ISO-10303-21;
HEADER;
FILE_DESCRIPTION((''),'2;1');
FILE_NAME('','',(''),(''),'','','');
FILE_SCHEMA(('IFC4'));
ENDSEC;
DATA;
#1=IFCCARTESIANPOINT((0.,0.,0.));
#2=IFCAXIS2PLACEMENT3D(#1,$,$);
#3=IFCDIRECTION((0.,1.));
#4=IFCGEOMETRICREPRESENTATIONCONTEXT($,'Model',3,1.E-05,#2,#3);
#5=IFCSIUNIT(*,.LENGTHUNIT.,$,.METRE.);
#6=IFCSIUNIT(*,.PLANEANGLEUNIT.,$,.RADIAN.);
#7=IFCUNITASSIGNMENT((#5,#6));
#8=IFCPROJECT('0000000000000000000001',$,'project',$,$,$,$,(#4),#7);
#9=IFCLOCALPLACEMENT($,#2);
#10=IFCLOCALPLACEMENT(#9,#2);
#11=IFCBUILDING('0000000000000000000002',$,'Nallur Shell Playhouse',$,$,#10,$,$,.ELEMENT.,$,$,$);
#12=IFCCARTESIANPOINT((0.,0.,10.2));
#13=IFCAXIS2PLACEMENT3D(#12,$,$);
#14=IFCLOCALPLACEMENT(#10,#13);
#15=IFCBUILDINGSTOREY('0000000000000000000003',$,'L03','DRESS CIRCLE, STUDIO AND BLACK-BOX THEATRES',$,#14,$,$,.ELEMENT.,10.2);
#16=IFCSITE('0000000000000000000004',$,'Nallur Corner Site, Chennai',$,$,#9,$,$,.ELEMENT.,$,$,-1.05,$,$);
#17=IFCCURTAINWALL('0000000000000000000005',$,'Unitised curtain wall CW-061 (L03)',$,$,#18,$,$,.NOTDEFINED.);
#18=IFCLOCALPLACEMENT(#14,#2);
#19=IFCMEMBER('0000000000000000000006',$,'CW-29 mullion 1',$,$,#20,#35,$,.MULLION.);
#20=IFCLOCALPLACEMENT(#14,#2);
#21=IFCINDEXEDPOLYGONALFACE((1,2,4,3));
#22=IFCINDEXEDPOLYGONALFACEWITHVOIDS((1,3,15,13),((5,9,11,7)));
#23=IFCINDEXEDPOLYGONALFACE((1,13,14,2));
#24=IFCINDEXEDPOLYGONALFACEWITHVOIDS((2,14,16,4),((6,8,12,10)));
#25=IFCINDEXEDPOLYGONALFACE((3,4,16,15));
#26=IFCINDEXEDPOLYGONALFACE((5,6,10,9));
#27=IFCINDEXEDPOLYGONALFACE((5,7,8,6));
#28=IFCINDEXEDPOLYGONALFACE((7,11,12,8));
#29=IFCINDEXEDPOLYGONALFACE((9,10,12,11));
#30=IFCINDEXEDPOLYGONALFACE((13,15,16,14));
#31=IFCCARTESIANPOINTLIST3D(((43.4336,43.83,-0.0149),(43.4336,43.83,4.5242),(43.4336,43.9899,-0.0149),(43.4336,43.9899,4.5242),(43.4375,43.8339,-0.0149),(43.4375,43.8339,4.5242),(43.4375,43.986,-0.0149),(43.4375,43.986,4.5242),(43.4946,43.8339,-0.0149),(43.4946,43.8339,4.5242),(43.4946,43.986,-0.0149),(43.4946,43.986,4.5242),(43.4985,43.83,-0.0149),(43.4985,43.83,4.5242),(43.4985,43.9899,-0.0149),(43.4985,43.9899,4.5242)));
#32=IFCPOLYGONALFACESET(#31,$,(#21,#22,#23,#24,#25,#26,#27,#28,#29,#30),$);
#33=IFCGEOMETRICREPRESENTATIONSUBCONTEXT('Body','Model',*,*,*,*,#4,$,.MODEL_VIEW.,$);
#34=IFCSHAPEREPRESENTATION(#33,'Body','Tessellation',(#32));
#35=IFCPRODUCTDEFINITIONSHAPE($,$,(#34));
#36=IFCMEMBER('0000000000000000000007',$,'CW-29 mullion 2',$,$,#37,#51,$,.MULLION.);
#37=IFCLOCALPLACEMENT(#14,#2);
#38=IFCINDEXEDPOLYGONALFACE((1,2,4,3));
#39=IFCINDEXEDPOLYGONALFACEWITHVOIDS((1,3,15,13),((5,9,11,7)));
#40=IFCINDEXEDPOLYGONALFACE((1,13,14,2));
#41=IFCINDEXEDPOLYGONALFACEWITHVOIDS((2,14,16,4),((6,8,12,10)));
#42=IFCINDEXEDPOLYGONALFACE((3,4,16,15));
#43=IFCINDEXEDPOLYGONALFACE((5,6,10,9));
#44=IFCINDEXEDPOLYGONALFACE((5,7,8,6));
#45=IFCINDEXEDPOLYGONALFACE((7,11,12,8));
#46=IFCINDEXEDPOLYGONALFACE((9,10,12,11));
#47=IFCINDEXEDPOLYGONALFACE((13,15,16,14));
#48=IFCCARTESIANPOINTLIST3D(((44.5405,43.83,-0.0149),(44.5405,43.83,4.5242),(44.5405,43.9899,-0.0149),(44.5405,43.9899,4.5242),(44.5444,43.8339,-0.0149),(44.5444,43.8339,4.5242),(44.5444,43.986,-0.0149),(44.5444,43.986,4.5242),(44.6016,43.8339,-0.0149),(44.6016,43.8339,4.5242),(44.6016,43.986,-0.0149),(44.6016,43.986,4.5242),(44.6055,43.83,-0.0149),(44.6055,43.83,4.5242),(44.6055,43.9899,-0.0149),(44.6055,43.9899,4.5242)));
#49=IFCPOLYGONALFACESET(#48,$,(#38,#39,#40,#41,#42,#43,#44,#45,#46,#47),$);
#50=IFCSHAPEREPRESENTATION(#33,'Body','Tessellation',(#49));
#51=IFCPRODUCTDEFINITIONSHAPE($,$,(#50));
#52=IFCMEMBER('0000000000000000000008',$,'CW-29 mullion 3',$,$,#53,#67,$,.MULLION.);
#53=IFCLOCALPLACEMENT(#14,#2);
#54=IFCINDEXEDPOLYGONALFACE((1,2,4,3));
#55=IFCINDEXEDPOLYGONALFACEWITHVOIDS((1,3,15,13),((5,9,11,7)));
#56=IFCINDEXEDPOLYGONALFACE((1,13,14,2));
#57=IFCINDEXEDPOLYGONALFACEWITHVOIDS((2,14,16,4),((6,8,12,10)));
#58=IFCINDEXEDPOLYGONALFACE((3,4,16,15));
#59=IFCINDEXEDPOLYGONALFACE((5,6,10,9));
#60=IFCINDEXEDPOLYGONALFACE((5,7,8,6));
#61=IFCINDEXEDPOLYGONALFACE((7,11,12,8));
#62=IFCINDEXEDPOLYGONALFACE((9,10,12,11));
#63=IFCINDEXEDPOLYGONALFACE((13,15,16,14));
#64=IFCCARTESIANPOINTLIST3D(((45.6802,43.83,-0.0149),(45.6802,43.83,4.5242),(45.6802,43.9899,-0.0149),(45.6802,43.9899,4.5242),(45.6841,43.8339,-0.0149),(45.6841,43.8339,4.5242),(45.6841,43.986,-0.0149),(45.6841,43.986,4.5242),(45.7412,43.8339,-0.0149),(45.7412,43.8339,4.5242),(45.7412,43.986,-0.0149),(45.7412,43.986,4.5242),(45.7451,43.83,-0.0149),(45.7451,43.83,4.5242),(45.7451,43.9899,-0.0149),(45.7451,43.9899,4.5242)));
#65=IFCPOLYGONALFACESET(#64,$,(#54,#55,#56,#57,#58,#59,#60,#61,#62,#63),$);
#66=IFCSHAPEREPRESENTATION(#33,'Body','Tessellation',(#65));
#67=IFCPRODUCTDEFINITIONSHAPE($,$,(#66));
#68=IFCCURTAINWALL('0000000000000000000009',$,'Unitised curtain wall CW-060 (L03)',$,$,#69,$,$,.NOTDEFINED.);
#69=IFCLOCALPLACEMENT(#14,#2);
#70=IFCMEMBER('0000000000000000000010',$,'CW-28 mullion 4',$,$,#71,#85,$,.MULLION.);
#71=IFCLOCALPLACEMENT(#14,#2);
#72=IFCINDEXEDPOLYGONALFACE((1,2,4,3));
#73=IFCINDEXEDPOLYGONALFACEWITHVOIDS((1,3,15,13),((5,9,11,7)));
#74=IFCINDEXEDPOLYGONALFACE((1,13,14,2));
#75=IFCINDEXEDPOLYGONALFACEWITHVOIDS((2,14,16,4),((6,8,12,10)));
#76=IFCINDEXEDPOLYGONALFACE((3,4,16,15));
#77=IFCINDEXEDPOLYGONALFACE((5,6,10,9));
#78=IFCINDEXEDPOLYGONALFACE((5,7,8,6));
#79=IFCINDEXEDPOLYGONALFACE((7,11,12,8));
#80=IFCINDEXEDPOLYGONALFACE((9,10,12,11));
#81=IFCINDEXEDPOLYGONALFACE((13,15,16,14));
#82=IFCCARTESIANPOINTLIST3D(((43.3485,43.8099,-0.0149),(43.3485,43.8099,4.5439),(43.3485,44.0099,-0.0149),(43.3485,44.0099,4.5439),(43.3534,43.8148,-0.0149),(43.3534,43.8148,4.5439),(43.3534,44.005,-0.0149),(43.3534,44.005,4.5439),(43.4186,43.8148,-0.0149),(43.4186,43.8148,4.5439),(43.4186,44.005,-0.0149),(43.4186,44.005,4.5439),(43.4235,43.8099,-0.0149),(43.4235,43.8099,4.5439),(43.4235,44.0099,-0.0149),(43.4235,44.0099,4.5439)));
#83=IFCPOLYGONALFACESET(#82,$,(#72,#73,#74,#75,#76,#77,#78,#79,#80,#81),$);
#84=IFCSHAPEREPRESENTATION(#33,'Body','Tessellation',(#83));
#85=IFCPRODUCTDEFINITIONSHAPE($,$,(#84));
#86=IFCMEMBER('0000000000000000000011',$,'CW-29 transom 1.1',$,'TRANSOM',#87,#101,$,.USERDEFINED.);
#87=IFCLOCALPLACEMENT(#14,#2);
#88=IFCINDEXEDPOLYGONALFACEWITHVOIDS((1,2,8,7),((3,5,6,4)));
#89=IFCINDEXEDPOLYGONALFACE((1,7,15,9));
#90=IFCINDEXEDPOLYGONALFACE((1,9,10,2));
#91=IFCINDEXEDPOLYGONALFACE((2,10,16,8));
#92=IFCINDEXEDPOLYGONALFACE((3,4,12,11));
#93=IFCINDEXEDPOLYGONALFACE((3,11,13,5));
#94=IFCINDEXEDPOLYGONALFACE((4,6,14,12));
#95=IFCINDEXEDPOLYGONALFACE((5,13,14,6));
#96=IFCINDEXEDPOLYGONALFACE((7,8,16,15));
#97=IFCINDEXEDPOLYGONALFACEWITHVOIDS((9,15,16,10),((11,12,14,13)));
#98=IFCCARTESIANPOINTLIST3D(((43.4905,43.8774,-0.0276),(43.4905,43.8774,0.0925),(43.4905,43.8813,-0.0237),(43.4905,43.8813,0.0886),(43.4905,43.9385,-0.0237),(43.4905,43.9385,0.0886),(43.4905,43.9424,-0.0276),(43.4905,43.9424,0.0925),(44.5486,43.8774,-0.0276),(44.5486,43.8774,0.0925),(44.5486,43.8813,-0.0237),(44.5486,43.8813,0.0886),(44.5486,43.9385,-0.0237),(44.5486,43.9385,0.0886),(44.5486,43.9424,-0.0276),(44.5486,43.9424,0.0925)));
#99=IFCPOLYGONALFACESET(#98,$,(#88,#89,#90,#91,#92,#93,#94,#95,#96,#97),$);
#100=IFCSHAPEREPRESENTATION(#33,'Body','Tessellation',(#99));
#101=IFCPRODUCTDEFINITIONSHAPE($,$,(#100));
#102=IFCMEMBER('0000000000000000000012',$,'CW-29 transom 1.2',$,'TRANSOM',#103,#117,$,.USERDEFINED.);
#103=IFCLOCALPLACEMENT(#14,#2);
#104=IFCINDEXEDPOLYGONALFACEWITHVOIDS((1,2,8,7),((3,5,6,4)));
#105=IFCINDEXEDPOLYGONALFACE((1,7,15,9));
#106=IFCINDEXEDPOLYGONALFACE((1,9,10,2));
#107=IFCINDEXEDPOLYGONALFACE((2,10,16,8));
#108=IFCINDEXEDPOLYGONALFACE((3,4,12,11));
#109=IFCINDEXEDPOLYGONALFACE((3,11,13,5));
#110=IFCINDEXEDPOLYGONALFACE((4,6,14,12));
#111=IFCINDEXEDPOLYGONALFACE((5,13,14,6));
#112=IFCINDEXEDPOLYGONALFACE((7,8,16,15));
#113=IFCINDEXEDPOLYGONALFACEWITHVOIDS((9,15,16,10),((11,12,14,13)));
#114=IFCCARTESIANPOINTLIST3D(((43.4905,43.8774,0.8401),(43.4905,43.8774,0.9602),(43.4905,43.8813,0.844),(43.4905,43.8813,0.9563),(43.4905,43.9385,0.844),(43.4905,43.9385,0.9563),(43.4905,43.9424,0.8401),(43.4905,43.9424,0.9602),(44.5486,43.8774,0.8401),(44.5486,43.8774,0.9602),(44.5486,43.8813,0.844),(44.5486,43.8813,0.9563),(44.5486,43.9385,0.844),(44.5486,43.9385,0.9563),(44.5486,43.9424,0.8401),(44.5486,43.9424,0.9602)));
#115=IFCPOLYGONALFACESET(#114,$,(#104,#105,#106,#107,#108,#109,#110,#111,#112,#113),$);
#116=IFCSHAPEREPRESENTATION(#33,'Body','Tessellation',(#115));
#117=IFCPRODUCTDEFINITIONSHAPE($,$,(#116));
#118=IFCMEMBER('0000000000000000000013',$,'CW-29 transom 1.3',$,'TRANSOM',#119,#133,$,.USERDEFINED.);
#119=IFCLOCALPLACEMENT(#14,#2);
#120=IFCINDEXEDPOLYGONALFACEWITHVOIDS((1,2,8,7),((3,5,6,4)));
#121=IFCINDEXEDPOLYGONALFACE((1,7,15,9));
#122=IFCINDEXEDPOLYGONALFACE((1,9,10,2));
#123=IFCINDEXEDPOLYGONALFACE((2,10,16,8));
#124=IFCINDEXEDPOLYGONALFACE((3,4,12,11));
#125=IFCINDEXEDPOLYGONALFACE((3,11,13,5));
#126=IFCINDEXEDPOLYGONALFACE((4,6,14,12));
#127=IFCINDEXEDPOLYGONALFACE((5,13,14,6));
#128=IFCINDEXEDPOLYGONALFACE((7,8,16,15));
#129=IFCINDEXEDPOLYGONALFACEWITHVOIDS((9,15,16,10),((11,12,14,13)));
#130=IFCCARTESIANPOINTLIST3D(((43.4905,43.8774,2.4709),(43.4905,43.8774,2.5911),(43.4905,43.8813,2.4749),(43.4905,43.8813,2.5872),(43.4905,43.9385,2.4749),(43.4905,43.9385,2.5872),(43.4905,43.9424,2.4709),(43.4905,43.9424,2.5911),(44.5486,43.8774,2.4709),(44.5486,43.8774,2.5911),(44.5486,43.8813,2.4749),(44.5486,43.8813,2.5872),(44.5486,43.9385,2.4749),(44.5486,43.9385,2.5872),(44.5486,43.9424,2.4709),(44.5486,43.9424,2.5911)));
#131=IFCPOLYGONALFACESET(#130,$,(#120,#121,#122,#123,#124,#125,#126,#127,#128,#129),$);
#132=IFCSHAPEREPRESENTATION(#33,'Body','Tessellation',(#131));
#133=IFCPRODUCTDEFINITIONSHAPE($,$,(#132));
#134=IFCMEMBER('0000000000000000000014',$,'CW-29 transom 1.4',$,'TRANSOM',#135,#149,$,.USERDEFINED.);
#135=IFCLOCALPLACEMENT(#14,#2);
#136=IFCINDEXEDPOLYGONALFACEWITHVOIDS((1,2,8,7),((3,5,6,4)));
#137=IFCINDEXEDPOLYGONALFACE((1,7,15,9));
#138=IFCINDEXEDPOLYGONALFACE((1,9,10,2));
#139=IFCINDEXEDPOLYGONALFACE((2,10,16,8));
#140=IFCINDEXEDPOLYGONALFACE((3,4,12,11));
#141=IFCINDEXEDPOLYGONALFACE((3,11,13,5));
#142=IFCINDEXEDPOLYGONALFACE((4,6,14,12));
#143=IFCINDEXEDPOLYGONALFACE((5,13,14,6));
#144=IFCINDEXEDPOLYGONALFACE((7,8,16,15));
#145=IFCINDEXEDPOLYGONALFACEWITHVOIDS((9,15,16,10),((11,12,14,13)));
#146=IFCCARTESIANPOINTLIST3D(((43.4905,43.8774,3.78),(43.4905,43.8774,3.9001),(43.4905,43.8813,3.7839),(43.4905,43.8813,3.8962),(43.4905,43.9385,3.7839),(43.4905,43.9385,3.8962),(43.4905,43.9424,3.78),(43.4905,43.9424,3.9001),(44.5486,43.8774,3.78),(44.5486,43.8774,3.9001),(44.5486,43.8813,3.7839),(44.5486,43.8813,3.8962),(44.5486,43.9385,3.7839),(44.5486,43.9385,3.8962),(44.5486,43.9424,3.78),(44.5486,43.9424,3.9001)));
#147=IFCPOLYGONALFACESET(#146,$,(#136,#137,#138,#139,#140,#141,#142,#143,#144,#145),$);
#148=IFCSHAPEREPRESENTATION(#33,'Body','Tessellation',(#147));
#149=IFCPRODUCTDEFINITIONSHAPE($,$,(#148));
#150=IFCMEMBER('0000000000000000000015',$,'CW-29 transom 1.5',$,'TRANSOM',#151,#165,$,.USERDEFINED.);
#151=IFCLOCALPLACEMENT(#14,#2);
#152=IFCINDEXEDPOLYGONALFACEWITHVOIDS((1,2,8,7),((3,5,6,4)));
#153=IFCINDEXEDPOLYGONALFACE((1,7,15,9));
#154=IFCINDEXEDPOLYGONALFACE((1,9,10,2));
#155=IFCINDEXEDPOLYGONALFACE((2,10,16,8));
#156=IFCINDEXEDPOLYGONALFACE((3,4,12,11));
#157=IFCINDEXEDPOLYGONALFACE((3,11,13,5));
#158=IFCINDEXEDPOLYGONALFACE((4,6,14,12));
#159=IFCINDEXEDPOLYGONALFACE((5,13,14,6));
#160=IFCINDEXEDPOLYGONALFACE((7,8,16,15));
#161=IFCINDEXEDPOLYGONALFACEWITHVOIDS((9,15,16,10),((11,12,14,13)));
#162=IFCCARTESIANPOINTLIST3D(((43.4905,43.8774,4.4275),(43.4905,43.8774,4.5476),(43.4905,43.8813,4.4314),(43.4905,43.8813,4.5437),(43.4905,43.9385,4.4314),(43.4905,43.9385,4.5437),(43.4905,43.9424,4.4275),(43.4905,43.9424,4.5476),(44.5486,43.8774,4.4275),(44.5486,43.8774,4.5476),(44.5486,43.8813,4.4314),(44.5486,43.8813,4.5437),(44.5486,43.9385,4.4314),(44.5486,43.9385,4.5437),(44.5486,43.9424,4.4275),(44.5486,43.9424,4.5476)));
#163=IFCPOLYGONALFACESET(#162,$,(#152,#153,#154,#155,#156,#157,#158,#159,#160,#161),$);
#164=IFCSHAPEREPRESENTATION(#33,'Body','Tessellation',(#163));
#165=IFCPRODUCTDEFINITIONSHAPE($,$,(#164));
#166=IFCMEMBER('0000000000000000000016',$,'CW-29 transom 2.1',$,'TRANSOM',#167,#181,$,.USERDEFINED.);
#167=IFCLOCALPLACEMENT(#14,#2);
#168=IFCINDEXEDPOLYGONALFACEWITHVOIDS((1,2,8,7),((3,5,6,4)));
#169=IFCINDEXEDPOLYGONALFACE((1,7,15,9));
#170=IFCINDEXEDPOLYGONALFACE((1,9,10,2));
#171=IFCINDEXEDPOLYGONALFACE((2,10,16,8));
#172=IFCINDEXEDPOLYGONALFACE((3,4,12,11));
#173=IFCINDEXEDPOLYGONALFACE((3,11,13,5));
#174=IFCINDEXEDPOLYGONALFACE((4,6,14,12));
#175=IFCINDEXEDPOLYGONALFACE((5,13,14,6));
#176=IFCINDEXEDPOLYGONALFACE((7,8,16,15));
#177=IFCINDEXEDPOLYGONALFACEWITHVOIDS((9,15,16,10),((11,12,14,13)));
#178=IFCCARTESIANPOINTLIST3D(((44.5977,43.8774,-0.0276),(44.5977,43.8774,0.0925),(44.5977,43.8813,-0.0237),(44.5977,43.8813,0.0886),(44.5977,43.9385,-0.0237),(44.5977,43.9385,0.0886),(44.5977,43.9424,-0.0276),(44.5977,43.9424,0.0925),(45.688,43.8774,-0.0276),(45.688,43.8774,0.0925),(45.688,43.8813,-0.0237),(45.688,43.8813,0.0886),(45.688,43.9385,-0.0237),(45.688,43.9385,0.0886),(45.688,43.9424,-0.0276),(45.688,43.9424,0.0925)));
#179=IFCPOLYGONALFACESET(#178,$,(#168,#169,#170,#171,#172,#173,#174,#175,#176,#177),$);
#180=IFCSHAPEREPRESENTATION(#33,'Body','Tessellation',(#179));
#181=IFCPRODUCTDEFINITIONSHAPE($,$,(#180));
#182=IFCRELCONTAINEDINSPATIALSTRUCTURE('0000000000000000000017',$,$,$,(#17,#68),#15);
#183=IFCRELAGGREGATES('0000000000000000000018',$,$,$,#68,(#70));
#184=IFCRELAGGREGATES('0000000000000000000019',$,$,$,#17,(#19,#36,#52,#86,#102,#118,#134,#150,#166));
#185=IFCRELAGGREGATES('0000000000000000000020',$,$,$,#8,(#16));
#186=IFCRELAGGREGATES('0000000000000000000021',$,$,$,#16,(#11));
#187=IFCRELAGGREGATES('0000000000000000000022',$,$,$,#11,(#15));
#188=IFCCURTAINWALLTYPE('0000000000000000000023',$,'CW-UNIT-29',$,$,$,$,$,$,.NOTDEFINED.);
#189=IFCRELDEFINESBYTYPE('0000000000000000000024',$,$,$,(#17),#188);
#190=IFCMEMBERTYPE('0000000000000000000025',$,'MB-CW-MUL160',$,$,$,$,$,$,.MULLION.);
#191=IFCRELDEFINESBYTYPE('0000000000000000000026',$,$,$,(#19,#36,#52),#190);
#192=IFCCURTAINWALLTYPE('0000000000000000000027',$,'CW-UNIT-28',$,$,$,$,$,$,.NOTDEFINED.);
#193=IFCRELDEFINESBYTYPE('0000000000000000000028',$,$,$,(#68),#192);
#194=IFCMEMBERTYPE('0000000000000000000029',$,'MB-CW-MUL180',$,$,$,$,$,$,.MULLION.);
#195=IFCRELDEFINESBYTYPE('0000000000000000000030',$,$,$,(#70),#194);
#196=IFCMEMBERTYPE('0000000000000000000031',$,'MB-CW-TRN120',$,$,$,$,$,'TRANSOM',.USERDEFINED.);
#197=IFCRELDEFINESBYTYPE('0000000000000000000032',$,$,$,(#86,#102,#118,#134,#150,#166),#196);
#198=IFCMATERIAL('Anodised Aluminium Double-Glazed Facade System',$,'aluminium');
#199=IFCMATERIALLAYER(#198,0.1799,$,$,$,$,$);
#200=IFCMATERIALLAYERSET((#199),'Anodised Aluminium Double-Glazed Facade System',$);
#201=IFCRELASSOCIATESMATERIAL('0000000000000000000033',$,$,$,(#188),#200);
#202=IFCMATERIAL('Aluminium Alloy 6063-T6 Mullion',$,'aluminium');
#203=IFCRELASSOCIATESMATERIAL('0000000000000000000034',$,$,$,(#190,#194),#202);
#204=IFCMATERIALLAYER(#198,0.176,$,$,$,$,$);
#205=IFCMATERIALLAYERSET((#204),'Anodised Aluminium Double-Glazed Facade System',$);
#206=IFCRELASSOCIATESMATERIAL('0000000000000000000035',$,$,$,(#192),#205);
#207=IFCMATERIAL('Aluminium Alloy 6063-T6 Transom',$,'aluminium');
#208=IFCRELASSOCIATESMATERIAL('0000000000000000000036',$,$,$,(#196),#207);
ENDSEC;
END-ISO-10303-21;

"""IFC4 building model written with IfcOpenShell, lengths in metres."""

from ifc_helpers import new_model, si_unit, direction, frame, origin, origin_2d, place, context, subcontext, project, spatial, hollow_rectangle, extrude, material, layer, layer_set, material_profile, profile_set, type_object, element, aggregate, save


model = new_model("IFC4")

# Units and contexts
model_context = context("Model", 3, precision=1e-05, world=origin(), true_north=direction((0.0, 1.0)))
body_context = subcontext(model_context, "Body", "Model", "MODEL_VIEW")
ifc_project = project(units=[si_unit("LENGTHUNIT", "METRE"), si_unit("PLANEANGLEUNIT", "RADIAN")], contexts=[model_context])

# Site, building, storey
site_placement = place(None, origin())
site = spatial("IfcSite", under=ifc_project, at=site_placement, Name="Nallur Corner Site, Chennai", CompositionType="ELEMENT", RefElevation=-1.05)
building_placement = place(site_placement, origin())
building = spatial("IfcBuilding", under=site, at=building_placement, Name="Nallur Shell Playhouse", CompositionType="ELEMENT")
storey_placement = place(building_placement, frame((0.0, 0.0, 10.2)))
storey = spatial("IfcBuildingStorey", under=building, at=storey_placement, Name="L03", Description="DRESS CIRCLE, STUDIO AND BLACK-BOX THEATRES", CompositionType="ELEMENT", Elevation=10.2)

# Curtain wall, members
ifc_material_1 = material(Name="Anodised Aluminium Double-Glazed Facade System", Category="aluminium")
ifc_layer_1 = layer(ifc_material_1, 0.1799)
ifc_layer_set_1 = layer_set([ifc_layer_1], Name="Anodised Aluminium Double-Glazed Facade System")
curtain_wall_type_1 = type_object("IfcCurtainWallType", Name="CW-UNIT-29", PredefinedType="NOTDEFINED", material=ifc_layer_set_1)
curtain_wall_1_placement = place(storey_placement, origin())
curtain_wall_1 = element("IfcCurtainWall", 1, at=curtain_wall_1_placement, inside=storey, type_object=curtain_wall_type_1, Name="Unitised curtain wall CW-061 (L03)", PredefinedType="NOTDEFINED")
ifc_material_2 = material(Name="Aluminium Alloy 6063-T6 Mullion", Category="aluminium")
ifc_material_profile_1 = material_profile(ifc_material_2, hollow_rectangle(XDim=0.0649, YDim=0.1599, WallThickness=0.0039, at=origin_2d()), Name="ALU 65x160x4")
ifc_profile_set_1 = profile_set([ifc_material_profile_1], Name="Aluminium Alloy 6063-T6 Mullion")
member_type_1 = type_object("IfcMemberType", Name="MB-CW-MUL160", PredefinedType="MULLION", material=ifc_profile_set_1)
member_1_placement = place(storey_placement, frame((43.4661, 43.9099, -0.0149), z_axis=(0.0, 0.0, 1.0), x_axis=(1.0, 0.0, 0.0)))
member_1 = element("IfcMember", 2, at=member_1_placement, type_object=member_type_1, Name="CW-29 mullion 1", PredefinedType="MULLION", context=body_context, shape_type="SweptSolid", body=[
    extrude(hollow_rectangle(XDim=0.0649, YDim=0.1599, WallThickness=0.0039, at=origin_2d()), origin(), (0.0, 0.0, 1.0), 4.5391),
])
member_2_placement = place(storey_placement, frame((44.573, 43.9099, -0.0149), z_axis=(0.0, 0.0, 1.0), x_axis=(1.0, 0.0, 0.0)))
member_2 = element("IfcMember", 3, at=member_2_placement, type_object=member_type_1, Name="CW-29 mullion 2", PredefinedType="MULLION", context=body_context, shape_type="SweptSolid", body=[
    extrude(hollow_rectangle(XDim=0.0649, YDim=0.1599, WallThickness=0.0039, at=origin_2d()), origin(), (0.0, 0.0, 1.0), 4.5391),
])
member_3_placement = place(storey_placement, frame((45.7126, 43.9099, -0.0149), z_axis=(0.0, 0.0, 1.0), x_axis=(1.0, 0.0, 0.0)))
member_3 = element("IfcMember", 4, at=member_3_placement, type_object=member_type_1, Name="CW-29 mullion 3", PredefinedType="MULLION", context=body_context, shape_type="SweptSolid", body=[
    extrude(hollow_rectangle(XDim=0.0649, YDim=0.1599, WallThickness=0.0039, at=origin_2d()), origin(), (0.0, 0.0, 1.0), 4.5391),
])

# Curtain wall, member
ifc_layer_2 = layer(ifc_material_1, 0.176)
ifc_layer_set_2 = layer_set([ifc_layer_2], Name="Anodised Aluminium Double-Glazed Facade System")
curtain_wall_type_2 = type_object("IfcCurtainWallType", Name="CW-UNIT-28", PredefinedType="NOTDEFINED", material=ifc_layer_set_2)
curtain_wall_2_placement = place(storey_placement, origin())
curtain_wall_2 = element("IfcCurtainWall", 5, at=curtain_wall_2_placement, inside=storey, type_object=curtain_wall_type_2, Name="Unitised curtain wall CW-060 (L03)", PredefinedType="NOTDEFINED")
ifc_material_profile_2 = material_profile(ifc_material_2, hollow_rectangle(XDim=0.075, YDim=0.2, WallThickness=0.0049, at=origin_2d()), Name="ALU 75x200x5")
ifc_profile_set_2 = profile_set([ifc_material_profile_2], Name="Aluminium Alloy 6063-T6 Mullion")
member_type_2 = type_object("IfcMemberType", Name="MB-CW-MUL180", PredefinedType="MULLION", material=ifc_profile_set_2)
member_4_placement = place(storey_placement, frame((43.386, 43.9099, -0.0149), z_axis=(0.0, 0.0, 1.0), x_axis=(1.0, 0.0, 0.0)))
member_4 = element("IfcMember", 6, at=member_4_placement, type_object=member_type_2, Name="CW-28 mullion 4", PredefinedType="MULLION", context=body_context, shape_type="SweptSolid", body=[
    extrude(hollow_rectangle(XDim=0.075, YDim=0.2, WallThickness=0.0049, at=origin_2d()), origin(), (0.0, 0.0, 1.0), 4.5588),
])

# Members
ifc_material_3 = material(Name="Aluminium Alloy 6063-T6 Transom", Category="aluminium")
ifc_material_profile_3 = material_profile(ifc_material_3, hollow_rectangle(XDim=0.0649, YDim=0.1201, WallThickness=0.0039, at=origin_2d()), Name="ALU 65x120x4")
ifc_profile_set_3 = profile_set([ifc_material_profile_3], Name="Aluminium Alloy 6063-T6 Transom")
member_type_3 = type_object("IfcMemberType", Name="MB-CW-TRN120", ElementType="TRANSOM", PredefinedType="USERDEFINED", material=ifc_profile_set_3)
member_5_placement = place(storey_placement, frame((43.4905, 43.9099, 0.0325), z_axis=(1.0, 0.0, 0.0), x_axis=(0.0, 1.0, 0.0)))
member_5 = element("IfcMember", 7, at=member_5_placement, type_object=member_type_3, Name="CW-29 transom 1.1", ObjectType="TRANSOM", PredefinedType="USERDEFINED", context=body_context, shape_type="SweptSolid", body=[
    extrude(hollow_rectangle(XDim=0.0649, YDim=0.1201, WallThickness=0.0039, at=origin_2d()), origin(), (0.0, 0.0, 1.0), 1.0581),
])
member_6_placement = place(storey_placement, frame((43.4905, 43.9099, 0.9001), z_axis=(1.0, 0.0, 0.0), x_axis=(0.0, 1.0, 0.0)))
member_6 = element("IfcMember", 8, at=member_6_placement, type_object=member_type_3, Name="CW-29 transom 1.2", ObjectType="TRANSOM", PredefinedType="USERDEFINED", context=body_context, shape_type="SweptSolid", body=[
    extrude(hollow_rectangle(XDim=0.0649, YDim=0.1201, WallThickness=0.0039, at=origin_2d()), origin(), (0.0, 0.0, 1.0), 1.0581),
])
member_7_placement = place(storey_placement, frame((43.4905, 43.9099, 2.531), z_axis=(1.0, 0.0, 0.0), x_axis=(0.0, 1.0, 0.0)))
member_7 = element("IfcMember", 9, at=member_7_placement, type_object=member_type_3, Name="CW-29 transom 1.3", ObjectType="TRANSOM", PredefinedType="USERDEFINED", context=body_context, shape_type="SweptSolid", body=[
    extrude(hollow_rectangle(XDim=0.0649, YDim=0.1201, WallThickness=0.0039, at=origin_2d()), origin(), (0.0, 0.0, 1.0), 1.0581),
])
member_8_placement = place(storey_placement, frame((43.4905, 43.9099, 3.8401), z_axis=(1.0, 0.0, 0.0), x_axis=(0.0, 1.0, 0.0)))
member_8 = element("IfcMember", 10, at=member_8_placement, type_object=member_type_3, Name="CW-29 transom 1.4", ObjectType="TRANSOM", PredefinedType="USERDEFINED", context=body_context, shape_type="SweptSolid", body=[
    extrude(hollow_rectangle(XDim=0.0649, YDim=0.1201, WallThickness=0.0039, at=origin_2d()), origin(), (0.0, 0.0, 1.0), 1.0581),
])
member_9_placement = place(storey_placement, frame((43.4905, 43.9099, 4.4875), z_axis=(1.0, 0.0, 0.0), x_axis=(0.0, 1.0, 0.0)))
member_9 = element("IfcMember", 11, at=member_9_placement, type_object=member_type_3, Name="CW-29 transom 1.5", ObjectType="TRANSOM", PredefinedType="USERDEFINED", context=body_context, shape_type="SweptSolid", body=[
    extrude(hollow_rectangle(XDim=0.0649, YDim=0.1201, WallThickness=0.0039, at=origin_2d()), origin(), (0.0, 0.0, 1.0), 1.0581),
])
member_10_placement = place(storey_placement, frame((44.5977, 43.9099, 0.0325), z_axis=(1.0, 0.0, 0.0), x_axis=(0.0, 1.0, 0.0)))
member_10 = element("IfcMember", 12, at=member_10_placement, type_object=member_type_3, Name="CW-29 transom 2.1", ObjectType="TRANSOM", PredefinedType="USERDEFINED", context=body_context, shape_type="SweptSolid", body=[
    extrude(hollow_rectangle(XDim=0.0649, YDim=0.1201, WallThickness=0.0039, at=origin_2d()), origin(), (0.0, 0.0, 1.0), 1.0903),
])

aggregate(curtain_wall_2, [member_4])
aggregate(curtain_wall_1, [member_1, member_2, member_3, member_5, member_6, member_7, member_8, member_9, member_10])

save(model, "model.ifc")
